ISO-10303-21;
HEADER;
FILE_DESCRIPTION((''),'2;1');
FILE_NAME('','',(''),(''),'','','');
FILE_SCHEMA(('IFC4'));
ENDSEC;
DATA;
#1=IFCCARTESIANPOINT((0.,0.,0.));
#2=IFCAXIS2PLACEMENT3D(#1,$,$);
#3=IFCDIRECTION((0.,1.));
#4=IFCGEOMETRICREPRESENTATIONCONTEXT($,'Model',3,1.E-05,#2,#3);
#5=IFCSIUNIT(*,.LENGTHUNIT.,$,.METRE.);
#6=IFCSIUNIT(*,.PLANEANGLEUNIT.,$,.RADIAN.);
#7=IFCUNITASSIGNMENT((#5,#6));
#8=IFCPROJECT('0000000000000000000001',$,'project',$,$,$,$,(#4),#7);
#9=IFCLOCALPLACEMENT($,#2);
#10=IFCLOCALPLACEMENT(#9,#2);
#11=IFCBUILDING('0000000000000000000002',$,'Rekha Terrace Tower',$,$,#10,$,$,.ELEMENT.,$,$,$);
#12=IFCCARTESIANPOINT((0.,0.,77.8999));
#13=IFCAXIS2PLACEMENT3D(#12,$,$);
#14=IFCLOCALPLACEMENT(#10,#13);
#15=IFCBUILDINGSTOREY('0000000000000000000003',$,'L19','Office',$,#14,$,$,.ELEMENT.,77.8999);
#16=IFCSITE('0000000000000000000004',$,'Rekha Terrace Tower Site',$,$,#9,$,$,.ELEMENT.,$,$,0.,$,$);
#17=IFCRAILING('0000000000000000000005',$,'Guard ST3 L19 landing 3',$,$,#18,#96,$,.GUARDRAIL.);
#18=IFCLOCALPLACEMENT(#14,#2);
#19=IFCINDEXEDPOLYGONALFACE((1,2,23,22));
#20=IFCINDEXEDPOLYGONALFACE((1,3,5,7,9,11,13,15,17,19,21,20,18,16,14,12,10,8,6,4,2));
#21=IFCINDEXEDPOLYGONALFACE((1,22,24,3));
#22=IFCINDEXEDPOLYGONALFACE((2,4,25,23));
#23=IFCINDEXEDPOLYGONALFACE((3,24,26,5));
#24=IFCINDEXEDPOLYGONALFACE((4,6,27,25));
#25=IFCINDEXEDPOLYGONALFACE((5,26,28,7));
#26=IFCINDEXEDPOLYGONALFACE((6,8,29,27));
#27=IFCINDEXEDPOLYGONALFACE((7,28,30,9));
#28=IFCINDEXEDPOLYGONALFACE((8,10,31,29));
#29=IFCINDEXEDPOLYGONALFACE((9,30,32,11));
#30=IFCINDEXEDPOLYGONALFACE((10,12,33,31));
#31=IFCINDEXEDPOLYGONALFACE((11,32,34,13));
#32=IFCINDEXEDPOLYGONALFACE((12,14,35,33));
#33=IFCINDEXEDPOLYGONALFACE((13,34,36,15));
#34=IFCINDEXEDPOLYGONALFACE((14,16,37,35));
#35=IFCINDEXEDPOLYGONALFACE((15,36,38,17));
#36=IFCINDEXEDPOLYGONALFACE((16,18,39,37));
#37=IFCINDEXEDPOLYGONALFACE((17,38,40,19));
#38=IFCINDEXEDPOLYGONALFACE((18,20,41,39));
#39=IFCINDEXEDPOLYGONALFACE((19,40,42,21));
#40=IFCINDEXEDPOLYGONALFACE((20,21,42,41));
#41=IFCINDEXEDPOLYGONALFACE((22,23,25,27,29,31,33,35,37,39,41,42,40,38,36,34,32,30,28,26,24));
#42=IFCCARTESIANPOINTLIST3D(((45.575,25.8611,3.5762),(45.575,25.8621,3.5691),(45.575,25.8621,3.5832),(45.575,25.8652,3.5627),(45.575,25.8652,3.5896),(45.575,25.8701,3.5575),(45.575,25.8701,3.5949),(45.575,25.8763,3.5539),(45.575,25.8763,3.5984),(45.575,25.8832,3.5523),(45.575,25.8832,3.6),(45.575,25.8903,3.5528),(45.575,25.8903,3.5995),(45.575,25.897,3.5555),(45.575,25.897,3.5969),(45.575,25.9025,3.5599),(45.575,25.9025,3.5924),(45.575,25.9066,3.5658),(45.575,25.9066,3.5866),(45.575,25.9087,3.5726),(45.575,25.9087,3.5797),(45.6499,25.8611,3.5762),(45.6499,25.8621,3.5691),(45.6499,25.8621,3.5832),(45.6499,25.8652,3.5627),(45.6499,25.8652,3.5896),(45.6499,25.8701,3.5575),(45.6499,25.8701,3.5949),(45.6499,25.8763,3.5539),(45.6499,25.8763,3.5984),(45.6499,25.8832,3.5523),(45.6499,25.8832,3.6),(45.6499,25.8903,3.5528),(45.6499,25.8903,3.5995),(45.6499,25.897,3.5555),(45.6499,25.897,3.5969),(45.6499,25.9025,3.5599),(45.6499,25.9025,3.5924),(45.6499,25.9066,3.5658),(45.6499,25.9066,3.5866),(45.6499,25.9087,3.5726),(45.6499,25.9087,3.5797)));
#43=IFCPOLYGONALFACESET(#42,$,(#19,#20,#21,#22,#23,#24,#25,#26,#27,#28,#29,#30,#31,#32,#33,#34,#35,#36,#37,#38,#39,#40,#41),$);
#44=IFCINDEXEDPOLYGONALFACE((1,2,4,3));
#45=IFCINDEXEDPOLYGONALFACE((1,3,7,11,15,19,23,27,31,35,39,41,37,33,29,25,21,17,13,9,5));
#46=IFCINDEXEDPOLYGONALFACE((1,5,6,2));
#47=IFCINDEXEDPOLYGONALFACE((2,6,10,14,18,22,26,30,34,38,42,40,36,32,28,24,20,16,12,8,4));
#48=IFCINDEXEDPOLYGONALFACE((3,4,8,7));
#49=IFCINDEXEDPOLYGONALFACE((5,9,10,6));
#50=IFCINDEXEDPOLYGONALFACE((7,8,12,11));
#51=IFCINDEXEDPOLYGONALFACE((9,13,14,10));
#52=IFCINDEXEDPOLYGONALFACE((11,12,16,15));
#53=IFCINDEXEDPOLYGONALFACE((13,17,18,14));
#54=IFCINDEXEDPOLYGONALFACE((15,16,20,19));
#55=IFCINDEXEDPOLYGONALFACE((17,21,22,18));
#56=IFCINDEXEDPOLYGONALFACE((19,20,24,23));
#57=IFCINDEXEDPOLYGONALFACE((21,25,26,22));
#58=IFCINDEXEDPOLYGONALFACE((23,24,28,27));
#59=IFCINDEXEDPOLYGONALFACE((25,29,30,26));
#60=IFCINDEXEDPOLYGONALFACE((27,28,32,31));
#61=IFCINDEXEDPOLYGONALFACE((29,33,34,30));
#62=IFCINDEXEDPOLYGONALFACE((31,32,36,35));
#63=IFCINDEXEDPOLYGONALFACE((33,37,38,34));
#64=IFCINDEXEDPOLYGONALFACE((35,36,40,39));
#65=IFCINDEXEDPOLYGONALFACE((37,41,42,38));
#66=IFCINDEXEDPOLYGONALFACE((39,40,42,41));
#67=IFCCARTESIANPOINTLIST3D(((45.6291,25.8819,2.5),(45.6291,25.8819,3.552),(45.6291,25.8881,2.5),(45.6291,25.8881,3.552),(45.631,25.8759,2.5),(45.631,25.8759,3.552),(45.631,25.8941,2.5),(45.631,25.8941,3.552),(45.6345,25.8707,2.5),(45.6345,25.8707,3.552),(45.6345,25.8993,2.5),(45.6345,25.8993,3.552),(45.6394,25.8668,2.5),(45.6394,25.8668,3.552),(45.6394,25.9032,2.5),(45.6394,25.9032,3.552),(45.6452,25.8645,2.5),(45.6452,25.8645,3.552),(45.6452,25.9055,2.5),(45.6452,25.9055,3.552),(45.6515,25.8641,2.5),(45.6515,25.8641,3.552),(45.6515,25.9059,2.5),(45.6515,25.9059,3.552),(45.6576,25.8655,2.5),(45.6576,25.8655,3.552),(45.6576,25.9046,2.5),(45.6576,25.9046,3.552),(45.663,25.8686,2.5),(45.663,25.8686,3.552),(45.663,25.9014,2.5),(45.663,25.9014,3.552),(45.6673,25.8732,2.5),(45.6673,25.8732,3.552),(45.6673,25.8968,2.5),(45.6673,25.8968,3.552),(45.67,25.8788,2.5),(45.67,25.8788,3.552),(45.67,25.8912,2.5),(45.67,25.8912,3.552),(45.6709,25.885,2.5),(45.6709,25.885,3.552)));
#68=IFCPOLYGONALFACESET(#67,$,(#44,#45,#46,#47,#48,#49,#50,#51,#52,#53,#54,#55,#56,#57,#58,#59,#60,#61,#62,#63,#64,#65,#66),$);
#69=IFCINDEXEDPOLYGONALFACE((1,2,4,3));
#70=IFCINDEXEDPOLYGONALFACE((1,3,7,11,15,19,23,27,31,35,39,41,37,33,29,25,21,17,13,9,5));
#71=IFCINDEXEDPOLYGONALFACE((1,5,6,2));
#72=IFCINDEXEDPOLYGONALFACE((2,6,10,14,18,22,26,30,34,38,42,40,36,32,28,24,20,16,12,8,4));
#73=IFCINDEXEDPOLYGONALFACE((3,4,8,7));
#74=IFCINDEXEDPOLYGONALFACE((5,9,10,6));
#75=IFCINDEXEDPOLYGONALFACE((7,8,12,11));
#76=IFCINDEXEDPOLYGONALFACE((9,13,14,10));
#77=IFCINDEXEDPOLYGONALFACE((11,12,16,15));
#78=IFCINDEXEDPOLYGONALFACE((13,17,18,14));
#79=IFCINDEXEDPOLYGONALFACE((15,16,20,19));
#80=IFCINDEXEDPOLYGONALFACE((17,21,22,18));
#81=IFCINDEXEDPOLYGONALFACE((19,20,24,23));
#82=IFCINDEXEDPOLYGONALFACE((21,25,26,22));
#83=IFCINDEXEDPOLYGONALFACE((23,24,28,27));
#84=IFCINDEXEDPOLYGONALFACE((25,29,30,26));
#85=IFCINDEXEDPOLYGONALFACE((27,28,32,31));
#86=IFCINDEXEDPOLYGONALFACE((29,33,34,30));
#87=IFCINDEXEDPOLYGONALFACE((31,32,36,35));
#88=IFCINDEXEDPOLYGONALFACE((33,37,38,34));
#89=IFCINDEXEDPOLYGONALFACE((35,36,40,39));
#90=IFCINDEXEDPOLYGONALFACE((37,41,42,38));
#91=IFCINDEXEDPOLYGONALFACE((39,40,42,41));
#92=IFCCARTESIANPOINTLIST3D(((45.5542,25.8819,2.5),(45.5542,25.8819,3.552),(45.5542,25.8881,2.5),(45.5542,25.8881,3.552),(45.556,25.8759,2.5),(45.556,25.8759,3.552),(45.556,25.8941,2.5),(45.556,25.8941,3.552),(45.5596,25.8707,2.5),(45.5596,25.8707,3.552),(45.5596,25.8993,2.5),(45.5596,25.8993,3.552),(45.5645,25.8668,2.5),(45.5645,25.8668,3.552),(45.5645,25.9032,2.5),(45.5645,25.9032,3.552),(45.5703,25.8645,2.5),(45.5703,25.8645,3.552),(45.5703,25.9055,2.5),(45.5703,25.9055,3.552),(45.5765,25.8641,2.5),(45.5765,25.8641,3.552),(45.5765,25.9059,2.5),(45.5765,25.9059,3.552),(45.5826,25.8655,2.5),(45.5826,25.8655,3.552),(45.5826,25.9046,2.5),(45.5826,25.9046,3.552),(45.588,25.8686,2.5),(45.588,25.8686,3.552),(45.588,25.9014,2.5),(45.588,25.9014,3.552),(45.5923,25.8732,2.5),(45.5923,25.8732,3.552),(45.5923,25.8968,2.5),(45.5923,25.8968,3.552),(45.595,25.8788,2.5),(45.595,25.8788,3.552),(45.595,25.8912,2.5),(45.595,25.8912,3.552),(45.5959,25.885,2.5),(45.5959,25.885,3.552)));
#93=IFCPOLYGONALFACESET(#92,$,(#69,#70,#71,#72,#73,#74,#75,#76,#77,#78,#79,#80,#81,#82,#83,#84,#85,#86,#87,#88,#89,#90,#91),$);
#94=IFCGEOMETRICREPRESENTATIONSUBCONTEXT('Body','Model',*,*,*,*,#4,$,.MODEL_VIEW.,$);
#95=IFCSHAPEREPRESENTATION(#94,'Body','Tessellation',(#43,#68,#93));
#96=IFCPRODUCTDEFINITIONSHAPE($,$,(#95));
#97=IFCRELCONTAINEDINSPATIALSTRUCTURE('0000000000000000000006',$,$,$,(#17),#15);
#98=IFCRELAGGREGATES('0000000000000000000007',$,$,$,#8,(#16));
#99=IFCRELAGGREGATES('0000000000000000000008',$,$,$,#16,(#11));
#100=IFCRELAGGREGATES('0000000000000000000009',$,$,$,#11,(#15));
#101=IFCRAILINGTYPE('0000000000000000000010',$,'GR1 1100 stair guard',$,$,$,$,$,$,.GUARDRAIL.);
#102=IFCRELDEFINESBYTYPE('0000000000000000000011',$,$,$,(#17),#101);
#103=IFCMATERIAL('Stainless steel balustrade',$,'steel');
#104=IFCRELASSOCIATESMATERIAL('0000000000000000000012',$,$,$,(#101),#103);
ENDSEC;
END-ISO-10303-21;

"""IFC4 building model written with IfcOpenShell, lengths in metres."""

from ifc_helpers import new_model, si_unit, direction, frame, origin, origin_2d, place, context, subcontext, project, spatial, circle, extrude, material, type_object, element, save


model = new_model("IFC4")

# Units and contexts
model_context = context("Model", 3, precision=1e-05, world=origin(), true_north=direction((0.0, 1.0)))
body_context = subcontext(model_context, "Body", "Model", "MODEL_VIEW")
ifc_project = project(units=[si_unit("LENGTHUNIT", "METRE"), si_unit("PLANEANGLEUNIT", "RADIAN")], contexts=[model_context])

# Site, building, storey
site_placement = place(None, origin())
site = spatial("IfcSite", under=ifc_project, at=site_placement, Name="Rekha Terrace Tower Site", CompositionType="ELEMENT", RefElevation=0.0)
building_placement = place(site_placement, origin())
building = spatial("IfcBuilding", under=site, at=building_placement, Name="Rekha Terrace Tower", CompositionType="ELEMENT")
storey_placement = place(building_placement, frame((0.0, 0.0, 77.8999)))
storey = spatial("IfcBuildingStorey", under=building, at=storey_placement, Name="L19", Description="Office", CompositionType="ELEMENT", Elevation=77.8999)

# Railing
ifc_material_1 = material(Name="Stainless steel balustrade", Category="steel")
railing_type_1 = type_object("IfcRailingType", Name="GR1 1100 stair guard", PredefinedType="GUARDRAIL", material=ifc_material_1)
railing_1_placement = place(storey_placement, frame((45.6499, 25.885, 2.5)))
element("IfcRailing", 1, at=railing_1_placement, inside=storey, type_object=railing_type_1, Name="Guard ST3 L19 landing 3", PredefinedType="GUARDRAIL", context=body_context, shape_type="SweptSolid", body=[
    extrude(circle(Radius=0.0239, at=origin_2d()), frame((0.0, 0.0, 1.0762), z_axis=(-1.0, 0.0, 0.0), x_axis=(0.0, -1.0, 0.0)), (0.0, 0.0, 1.0), 0.075),
    extrude(circle(Radius=0.021, at=origin_2d()), origin(), (0.0, 0.0, 1.0), 1.052),
    extrude(circle(Radius=0.021, at=origin_2d()), frame((-0.075, 0.0, 0.0)), (0.0, 0.0, 1.0), 1.052),
])

save(model, "model.ifc")
